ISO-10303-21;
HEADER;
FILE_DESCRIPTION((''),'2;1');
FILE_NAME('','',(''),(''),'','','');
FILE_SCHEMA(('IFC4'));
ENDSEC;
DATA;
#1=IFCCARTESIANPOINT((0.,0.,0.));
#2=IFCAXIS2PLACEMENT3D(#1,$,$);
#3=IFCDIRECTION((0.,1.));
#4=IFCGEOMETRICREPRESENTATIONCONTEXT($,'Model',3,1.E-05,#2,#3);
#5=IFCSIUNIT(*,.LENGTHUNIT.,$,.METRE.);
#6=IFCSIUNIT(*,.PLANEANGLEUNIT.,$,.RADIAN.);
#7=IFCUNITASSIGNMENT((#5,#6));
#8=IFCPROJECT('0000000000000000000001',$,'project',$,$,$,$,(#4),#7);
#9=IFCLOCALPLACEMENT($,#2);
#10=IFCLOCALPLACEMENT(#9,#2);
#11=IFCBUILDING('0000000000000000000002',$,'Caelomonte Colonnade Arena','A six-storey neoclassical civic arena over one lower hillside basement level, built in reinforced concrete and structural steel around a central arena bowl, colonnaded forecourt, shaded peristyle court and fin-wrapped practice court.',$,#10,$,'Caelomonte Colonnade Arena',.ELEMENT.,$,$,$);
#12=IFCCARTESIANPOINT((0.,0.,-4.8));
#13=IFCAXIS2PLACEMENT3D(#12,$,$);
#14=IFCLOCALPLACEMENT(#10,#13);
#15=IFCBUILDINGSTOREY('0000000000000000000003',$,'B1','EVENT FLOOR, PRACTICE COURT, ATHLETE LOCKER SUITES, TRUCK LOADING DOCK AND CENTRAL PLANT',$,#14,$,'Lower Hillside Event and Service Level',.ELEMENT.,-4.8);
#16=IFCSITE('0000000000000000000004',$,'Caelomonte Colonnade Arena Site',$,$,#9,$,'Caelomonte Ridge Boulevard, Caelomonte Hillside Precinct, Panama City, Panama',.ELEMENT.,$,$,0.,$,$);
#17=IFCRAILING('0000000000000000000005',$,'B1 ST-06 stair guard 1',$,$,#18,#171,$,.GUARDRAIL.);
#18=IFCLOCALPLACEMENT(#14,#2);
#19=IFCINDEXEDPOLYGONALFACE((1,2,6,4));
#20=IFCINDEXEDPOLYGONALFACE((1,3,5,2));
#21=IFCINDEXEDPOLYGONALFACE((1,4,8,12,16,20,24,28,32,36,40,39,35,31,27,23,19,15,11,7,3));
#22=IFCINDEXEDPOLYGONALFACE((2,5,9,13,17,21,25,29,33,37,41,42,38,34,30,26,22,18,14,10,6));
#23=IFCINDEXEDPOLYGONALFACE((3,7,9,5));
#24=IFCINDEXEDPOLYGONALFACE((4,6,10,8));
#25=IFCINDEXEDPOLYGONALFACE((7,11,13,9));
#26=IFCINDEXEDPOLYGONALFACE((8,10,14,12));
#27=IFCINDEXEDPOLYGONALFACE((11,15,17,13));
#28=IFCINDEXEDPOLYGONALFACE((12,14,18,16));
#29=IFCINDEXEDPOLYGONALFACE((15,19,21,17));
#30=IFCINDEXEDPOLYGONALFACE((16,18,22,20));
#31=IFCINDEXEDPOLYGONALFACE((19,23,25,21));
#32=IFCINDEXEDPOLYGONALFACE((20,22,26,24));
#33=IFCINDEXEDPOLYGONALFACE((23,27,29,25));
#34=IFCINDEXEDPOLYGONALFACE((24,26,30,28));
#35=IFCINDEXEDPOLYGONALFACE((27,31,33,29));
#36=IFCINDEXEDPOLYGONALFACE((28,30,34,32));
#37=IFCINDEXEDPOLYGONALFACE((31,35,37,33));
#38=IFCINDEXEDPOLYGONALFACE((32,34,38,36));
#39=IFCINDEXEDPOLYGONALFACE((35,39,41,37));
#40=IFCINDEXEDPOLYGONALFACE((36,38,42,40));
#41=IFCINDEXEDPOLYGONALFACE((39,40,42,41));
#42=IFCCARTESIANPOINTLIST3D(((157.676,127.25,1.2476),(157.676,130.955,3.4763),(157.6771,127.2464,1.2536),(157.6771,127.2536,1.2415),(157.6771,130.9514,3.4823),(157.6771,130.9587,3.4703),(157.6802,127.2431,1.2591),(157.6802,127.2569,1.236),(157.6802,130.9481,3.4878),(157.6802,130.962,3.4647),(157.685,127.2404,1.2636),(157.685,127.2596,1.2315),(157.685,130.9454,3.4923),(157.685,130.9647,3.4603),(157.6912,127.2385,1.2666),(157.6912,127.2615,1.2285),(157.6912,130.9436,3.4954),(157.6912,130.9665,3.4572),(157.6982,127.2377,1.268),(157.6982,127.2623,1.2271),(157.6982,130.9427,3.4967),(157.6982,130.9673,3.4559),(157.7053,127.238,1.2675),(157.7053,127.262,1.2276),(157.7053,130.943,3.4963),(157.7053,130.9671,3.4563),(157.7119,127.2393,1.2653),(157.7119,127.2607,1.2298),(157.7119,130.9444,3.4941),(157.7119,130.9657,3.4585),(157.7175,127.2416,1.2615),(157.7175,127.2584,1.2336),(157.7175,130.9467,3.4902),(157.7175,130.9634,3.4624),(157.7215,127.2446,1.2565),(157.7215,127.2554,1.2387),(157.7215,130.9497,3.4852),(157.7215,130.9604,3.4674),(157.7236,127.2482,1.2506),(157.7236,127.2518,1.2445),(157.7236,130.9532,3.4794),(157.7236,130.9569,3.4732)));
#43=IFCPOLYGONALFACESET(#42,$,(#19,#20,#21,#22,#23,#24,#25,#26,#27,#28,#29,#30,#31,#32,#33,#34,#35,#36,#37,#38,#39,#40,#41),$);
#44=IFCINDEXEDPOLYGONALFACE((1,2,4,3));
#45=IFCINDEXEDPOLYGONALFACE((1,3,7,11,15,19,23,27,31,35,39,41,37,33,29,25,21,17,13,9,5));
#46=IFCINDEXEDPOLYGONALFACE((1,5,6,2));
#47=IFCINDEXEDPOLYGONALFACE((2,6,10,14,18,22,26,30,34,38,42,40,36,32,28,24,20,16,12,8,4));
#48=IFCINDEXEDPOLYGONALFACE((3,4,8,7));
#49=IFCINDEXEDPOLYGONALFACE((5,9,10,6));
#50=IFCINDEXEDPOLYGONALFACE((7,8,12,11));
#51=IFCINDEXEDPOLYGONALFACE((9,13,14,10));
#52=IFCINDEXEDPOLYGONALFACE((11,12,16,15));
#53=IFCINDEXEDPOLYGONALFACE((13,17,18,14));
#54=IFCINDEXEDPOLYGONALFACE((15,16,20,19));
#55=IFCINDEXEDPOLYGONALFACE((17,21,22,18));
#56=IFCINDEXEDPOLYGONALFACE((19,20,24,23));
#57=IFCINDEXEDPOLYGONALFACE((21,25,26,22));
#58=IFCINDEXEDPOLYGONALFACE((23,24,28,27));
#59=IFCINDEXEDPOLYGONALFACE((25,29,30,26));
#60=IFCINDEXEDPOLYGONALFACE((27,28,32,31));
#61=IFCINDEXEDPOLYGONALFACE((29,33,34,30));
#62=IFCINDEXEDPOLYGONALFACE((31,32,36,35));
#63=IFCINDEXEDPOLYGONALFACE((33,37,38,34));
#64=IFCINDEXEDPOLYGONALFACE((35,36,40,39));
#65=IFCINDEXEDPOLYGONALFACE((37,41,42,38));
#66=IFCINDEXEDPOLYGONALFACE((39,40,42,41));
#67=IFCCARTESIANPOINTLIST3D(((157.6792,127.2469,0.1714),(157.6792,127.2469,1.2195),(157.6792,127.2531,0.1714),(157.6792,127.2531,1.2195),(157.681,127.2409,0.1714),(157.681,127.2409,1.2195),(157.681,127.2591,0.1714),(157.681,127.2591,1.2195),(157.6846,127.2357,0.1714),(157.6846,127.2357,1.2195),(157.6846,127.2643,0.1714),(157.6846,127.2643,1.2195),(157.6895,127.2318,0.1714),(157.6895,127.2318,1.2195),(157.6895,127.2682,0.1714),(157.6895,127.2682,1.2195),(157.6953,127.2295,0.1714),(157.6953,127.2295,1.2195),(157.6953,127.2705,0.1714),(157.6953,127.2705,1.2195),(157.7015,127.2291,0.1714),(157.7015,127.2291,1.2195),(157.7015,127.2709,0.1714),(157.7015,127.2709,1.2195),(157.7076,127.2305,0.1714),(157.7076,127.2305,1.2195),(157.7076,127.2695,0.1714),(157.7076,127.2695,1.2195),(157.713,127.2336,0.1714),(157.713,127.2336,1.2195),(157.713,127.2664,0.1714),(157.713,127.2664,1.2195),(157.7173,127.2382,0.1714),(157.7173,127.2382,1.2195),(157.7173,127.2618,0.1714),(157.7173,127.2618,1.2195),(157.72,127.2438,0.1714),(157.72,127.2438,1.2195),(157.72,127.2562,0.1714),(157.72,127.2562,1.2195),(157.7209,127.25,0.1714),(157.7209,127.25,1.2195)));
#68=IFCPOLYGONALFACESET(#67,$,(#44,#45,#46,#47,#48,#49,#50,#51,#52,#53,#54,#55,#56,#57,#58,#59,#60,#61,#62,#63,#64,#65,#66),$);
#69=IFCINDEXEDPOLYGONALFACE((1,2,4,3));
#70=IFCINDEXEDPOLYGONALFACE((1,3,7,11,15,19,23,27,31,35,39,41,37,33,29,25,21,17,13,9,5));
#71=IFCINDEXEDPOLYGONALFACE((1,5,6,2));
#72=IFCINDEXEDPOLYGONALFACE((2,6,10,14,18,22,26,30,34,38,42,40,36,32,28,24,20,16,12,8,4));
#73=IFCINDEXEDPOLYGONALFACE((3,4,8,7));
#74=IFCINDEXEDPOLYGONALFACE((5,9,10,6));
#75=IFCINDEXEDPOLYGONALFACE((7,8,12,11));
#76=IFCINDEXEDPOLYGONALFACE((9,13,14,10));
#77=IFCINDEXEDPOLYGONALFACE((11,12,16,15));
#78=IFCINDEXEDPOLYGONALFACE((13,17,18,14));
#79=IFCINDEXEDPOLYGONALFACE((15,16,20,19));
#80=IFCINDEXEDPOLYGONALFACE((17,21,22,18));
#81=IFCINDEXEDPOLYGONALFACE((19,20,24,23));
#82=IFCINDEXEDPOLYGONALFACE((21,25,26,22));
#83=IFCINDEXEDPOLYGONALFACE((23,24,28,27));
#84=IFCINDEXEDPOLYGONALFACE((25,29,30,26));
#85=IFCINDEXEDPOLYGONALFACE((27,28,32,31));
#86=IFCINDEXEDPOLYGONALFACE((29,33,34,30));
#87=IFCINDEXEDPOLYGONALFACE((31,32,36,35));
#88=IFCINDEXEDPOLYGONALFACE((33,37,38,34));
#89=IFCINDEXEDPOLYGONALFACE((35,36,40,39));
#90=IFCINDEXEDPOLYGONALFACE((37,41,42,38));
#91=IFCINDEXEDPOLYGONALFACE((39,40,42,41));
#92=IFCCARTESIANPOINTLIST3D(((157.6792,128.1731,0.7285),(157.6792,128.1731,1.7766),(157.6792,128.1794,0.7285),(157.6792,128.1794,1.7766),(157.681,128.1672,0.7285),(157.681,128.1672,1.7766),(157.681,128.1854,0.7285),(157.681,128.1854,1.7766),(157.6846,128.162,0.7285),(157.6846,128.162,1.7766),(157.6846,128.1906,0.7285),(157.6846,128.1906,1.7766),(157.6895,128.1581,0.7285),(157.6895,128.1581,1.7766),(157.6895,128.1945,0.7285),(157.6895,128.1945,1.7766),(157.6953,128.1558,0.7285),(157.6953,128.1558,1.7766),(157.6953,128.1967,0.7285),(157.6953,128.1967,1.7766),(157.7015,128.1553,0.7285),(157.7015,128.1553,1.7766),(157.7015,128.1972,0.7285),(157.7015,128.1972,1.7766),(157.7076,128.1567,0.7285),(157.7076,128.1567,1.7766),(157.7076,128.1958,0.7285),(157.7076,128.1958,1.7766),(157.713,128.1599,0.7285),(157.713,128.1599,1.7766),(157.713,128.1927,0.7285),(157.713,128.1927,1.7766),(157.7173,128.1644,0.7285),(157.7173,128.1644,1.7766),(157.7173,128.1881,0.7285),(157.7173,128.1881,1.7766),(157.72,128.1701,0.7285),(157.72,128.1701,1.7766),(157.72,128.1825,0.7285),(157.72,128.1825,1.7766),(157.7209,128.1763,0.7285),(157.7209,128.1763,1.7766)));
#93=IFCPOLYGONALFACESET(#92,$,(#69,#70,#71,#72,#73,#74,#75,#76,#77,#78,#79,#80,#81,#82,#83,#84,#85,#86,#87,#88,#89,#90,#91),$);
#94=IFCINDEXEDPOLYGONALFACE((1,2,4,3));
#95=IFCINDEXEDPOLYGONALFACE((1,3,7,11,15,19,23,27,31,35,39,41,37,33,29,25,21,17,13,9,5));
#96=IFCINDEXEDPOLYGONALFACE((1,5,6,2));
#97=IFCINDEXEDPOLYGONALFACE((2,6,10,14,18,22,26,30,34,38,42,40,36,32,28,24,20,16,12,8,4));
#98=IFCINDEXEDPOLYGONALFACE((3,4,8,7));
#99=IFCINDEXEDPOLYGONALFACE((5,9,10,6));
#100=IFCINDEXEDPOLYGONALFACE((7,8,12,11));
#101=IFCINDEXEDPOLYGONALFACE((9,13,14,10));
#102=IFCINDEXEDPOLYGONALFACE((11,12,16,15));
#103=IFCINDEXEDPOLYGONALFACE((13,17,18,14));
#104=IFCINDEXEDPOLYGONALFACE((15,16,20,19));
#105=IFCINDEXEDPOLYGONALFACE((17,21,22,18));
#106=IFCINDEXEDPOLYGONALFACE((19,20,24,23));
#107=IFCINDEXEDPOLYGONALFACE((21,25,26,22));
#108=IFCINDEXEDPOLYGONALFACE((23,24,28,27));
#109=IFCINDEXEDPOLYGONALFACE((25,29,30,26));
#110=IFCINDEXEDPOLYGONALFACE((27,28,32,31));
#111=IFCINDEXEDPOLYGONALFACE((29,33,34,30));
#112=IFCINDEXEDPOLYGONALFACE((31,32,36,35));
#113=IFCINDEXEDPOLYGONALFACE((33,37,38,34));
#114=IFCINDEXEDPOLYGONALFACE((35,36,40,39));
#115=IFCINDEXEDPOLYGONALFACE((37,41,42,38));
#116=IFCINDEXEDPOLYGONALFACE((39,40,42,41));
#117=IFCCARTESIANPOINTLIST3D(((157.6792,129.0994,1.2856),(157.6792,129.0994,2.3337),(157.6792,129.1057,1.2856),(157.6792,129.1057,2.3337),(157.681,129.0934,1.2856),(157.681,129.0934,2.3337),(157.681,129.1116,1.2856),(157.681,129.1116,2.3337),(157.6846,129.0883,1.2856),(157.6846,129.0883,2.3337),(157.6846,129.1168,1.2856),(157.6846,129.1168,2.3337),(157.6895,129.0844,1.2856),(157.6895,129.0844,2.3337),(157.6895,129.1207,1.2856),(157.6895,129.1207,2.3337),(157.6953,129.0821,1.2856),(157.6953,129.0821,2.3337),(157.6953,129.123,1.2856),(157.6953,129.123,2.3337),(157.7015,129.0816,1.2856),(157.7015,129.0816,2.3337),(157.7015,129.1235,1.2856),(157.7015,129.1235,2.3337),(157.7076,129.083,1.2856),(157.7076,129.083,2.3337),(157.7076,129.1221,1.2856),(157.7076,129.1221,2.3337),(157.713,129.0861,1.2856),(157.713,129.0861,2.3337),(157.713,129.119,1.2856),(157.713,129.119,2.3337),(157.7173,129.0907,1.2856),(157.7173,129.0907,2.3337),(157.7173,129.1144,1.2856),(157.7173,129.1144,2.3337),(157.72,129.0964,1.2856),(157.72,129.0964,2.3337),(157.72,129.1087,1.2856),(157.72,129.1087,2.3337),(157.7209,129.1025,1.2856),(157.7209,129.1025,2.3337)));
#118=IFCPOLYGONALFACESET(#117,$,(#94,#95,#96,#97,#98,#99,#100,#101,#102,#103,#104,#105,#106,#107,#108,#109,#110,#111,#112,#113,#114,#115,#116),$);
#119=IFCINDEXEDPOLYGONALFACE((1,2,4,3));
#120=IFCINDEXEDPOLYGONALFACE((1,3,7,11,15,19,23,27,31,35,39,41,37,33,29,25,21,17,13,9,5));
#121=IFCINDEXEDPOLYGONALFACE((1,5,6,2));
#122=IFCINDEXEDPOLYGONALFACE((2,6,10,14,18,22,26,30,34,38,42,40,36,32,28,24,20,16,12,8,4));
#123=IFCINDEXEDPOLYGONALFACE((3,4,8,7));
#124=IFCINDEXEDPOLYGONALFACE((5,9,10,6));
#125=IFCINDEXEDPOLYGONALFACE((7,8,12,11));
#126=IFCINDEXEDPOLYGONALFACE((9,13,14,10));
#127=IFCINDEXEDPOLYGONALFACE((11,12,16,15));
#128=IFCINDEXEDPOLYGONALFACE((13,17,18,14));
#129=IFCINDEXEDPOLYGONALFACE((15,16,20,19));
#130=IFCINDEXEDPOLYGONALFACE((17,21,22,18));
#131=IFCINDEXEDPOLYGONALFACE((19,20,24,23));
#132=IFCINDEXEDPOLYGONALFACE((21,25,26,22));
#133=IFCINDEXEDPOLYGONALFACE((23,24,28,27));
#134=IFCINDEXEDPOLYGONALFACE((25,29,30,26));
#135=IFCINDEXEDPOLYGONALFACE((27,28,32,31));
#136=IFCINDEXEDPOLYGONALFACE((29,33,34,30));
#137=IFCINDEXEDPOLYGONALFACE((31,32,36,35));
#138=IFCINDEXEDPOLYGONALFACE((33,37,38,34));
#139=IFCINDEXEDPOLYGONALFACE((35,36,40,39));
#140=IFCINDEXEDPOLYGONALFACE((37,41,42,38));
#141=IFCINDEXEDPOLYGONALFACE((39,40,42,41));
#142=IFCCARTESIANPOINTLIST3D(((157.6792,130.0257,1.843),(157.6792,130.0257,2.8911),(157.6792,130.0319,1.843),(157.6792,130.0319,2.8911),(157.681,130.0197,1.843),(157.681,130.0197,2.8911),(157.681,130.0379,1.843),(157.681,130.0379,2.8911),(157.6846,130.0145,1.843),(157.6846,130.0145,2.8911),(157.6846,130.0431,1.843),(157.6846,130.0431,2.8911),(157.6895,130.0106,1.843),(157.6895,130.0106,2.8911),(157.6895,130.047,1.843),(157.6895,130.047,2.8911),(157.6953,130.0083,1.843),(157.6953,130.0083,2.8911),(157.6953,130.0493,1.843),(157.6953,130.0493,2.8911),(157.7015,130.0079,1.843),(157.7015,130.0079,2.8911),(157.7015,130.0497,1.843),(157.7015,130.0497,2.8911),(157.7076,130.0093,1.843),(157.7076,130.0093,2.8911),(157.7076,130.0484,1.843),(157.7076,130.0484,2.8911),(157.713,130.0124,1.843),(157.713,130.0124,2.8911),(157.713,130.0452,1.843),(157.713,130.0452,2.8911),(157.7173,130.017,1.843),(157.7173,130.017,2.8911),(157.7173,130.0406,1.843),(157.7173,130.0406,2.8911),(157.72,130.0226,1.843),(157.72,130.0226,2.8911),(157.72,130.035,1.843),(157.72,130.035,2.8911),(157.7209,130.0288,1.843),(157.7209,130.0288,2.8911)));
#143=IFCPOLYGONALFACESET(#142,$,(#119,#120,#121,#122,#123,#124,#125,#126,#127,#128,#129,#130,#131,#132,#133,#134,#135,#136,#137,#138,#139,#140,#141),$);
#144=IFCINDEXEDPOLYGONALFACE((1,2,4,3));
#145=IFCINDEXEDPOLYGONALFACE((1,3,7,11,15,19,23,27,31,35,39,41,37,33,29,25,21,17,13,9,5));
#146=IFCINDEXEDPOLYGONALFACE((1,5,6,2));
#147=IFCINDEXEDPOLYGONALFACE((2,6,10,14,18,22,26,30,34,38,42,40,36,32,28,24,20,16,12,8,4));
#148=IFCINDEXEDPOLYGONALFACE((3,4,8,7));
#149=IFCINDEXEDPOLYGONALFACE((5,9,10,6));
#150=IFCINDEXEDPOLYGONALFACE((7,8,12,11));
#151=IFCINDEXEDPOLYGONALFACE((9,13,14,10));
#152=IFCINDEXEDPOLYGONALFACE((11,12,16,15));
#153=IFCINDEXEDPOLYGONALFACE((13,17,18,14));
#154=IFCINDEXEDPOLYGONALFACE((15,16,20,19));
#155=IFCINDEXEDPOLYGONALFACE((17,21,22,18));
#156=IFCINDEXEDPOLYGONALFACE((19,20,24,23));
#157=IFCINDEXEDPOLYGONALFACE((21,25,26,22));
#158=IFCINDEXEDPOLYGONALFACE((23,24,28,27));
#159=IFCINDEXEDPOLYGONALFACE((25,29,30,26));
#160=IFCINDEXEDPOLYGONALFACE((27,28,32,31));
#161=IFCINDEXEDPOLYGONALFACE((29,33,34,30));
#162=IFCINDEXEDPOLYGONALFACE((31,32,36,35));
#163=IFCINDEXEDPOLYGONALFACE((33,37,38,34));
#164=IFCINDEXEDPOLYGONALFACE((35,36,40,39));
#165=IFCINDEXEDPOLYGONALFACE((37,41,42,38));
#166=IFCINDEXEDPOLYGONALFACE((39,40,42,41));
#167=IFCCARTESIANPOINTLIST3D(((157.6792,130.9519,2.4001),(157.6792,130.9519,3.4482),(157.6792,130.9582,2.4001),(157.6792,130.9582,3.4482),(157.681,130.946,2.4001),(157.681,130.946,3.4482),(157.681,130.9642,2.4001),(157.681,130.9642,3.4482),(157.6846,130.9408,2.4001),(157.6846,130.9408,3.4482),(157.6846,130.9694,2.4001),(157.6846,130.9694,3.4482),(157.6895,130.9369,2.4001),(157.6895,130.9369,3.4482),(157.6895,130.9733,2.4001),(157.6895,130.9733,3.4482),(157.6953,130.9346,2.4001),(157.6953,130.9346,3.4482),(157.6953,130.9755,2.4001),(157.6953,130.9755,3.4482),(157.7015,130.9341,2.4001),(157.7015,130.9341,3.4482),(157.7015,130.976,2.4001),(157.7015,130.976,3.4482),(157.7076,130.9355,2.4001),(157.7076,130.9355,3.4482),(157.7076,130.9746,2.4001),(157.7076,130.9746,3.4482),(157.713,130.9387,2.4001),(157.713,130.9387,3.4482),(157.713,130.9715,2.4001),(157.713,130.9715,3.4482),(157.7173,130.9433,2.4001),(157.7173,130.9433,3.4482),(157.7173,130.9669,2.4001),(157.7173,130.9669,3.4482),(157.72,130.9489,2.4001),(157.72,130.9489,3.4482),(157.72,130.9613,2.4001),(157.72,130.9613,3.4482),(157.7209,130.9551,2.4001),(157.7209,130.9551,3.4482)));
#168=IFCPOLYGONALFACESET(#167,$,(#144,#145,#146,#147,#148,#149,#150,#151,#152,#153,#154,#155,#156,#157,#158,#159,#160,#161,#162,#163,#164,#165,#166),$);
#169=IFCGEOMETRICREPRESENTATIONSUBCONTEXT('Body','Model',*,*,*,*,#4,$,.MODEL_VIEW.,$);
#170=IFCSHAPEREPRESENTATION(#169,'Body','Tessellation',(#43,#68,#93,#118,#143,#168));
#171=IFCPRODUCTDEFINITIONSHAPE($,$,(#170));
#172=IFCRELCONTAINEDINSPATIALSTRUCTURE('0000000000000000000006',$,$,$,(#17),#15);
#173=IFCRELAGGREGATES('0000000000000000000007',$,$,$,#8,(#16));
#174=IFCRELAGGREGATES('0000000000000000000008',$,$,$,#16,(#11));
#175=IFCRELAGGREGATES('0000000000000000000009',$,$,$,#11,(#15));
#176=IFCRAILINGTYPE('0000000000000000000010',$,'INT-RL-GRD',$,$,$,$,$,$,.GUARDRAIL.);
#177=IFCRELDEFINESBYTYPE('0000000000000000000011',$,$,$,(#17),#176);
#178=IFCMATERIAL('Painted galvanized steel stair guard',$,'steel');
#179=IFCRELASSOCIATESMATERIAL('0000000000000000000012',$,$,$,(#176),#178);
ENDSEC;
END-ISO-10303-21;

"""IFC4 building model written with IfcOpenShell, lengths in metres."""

from ifc_helpers import new_model, si_unit, direction, frame, origin, origin_2d, place, context, subcontext, project, spatial, circle, extrude, material, type_object, element, save


model = new_model("IFC4")

# Units and contexts
model_context = context("Model", 3, precision=1e-05, world=origin(), true_north=direction((0.0, 1.0)))
body_context = subcontext(model_context, "Body", "Model", "MODEL_VIEW")
ifc_project = project(units=[si_unit("LENGTHUNIT", "METRE"), si_unit("PLANEANGLEUNIT", "RADIAN")], contexts=[model_context])

# Site, building, storey
site_placement = place(None, origin())
site = spatial("IfcSite", under=ifc_project, at=site_placement, Name="Caelomonte Colonnade Arena Site", LongName="Caelomonte Ridge Boulevard, Caelomonte Hillside Precinct, Panama City, Panama", CompositionType="ELEMENT", RefElevation=0.0)
building_placement = place(site_placement, origin())
building = spatial("IfcBuilding", under=site, at=building_placement, Name="Caelomonte Colonnade Arena", Description="A six-storey neoclassical civic arena over one lower hillside basement level, built in reinforced concrete and structural steel around a central arena bowl, colonnaded forecourt, shaded peristyle court and fin-wrapped practice court.", LongName="Caelomonte Colonnade Arena", CompositionType="ELEMENT")
storey_placement = place(building_placement, frame((0.0, 0.0, -4.8)))
storey = spatial("IfcBuildingStorey", under=building, at=storey_placement, Name="B1", Description="EVENT FLOOR, PRACTICE COURT, ATHLETE LOCKER SUITES, TRUCK LOADING DOCK AND CENTRAL PLANT", LongName="Lower Hillside Event and Service Level", CompositionType="ELEMENT", Elevation=-4.8)

# Railing
ifc_material_1 = material(Name="Painted galvanized steel stair guard", Category="steel")
railing_type_1 = type_object("IfcRailingType", Name="INT-RL-GRD", PredefinedType="GUARDRAIL", material=ifc_material_1)
railing_1_placement = place(storey_placement, frame((157.7, 127.25, 0.1714)))
element("IfcRailing", 1, at=railing_1_placement, inside=storey, type_object=railing_type_1, Name="B1 ST-06 stair guard 1", PredefinedType="GUARDRAIL", context=body_context, shape_type="SweptSolid", body=[
    extrude(circle(Radius=0.0239, at=origin_2d()), frame((0.0, 0.0, 1.0762), z_axis=(0.0, 0.856909, 0.515467), x_axis=(-1.0, 0.0, 0.0)), (0.0, 0.0, 1.0), 4.3237),
    extrude(circle(Radius=0.021, at=origin_2d()), origin(), (0.0, 0.0, 1.0), 1.0481),
    extrude(circle(Radius=0.021, at=origin_2d()), frame((0.0, 0.9263, 0.5571)), (0.0, 0.0, 1.0), 1.0481),
    extrude(circle(Radius=0.021, at=origin_2d()), frame((0.0, 1.8525, 1.1143)), (0.0, 0.0, 1.0), 1.0481),
    extrude(circle(Radius=0.021, at=origin_2d()), frame((0.0, 2.7788, 1.6716)), (0.0, 0.0, 1.0), 1.0481),
    extrude(circle(Radius=0.021, at=origin_2d()), frame((0.0, 3.7051, 2.2288)), (0.0, 0.0, 1.0), 1.0481),
])

save(model, "model.ifc")
